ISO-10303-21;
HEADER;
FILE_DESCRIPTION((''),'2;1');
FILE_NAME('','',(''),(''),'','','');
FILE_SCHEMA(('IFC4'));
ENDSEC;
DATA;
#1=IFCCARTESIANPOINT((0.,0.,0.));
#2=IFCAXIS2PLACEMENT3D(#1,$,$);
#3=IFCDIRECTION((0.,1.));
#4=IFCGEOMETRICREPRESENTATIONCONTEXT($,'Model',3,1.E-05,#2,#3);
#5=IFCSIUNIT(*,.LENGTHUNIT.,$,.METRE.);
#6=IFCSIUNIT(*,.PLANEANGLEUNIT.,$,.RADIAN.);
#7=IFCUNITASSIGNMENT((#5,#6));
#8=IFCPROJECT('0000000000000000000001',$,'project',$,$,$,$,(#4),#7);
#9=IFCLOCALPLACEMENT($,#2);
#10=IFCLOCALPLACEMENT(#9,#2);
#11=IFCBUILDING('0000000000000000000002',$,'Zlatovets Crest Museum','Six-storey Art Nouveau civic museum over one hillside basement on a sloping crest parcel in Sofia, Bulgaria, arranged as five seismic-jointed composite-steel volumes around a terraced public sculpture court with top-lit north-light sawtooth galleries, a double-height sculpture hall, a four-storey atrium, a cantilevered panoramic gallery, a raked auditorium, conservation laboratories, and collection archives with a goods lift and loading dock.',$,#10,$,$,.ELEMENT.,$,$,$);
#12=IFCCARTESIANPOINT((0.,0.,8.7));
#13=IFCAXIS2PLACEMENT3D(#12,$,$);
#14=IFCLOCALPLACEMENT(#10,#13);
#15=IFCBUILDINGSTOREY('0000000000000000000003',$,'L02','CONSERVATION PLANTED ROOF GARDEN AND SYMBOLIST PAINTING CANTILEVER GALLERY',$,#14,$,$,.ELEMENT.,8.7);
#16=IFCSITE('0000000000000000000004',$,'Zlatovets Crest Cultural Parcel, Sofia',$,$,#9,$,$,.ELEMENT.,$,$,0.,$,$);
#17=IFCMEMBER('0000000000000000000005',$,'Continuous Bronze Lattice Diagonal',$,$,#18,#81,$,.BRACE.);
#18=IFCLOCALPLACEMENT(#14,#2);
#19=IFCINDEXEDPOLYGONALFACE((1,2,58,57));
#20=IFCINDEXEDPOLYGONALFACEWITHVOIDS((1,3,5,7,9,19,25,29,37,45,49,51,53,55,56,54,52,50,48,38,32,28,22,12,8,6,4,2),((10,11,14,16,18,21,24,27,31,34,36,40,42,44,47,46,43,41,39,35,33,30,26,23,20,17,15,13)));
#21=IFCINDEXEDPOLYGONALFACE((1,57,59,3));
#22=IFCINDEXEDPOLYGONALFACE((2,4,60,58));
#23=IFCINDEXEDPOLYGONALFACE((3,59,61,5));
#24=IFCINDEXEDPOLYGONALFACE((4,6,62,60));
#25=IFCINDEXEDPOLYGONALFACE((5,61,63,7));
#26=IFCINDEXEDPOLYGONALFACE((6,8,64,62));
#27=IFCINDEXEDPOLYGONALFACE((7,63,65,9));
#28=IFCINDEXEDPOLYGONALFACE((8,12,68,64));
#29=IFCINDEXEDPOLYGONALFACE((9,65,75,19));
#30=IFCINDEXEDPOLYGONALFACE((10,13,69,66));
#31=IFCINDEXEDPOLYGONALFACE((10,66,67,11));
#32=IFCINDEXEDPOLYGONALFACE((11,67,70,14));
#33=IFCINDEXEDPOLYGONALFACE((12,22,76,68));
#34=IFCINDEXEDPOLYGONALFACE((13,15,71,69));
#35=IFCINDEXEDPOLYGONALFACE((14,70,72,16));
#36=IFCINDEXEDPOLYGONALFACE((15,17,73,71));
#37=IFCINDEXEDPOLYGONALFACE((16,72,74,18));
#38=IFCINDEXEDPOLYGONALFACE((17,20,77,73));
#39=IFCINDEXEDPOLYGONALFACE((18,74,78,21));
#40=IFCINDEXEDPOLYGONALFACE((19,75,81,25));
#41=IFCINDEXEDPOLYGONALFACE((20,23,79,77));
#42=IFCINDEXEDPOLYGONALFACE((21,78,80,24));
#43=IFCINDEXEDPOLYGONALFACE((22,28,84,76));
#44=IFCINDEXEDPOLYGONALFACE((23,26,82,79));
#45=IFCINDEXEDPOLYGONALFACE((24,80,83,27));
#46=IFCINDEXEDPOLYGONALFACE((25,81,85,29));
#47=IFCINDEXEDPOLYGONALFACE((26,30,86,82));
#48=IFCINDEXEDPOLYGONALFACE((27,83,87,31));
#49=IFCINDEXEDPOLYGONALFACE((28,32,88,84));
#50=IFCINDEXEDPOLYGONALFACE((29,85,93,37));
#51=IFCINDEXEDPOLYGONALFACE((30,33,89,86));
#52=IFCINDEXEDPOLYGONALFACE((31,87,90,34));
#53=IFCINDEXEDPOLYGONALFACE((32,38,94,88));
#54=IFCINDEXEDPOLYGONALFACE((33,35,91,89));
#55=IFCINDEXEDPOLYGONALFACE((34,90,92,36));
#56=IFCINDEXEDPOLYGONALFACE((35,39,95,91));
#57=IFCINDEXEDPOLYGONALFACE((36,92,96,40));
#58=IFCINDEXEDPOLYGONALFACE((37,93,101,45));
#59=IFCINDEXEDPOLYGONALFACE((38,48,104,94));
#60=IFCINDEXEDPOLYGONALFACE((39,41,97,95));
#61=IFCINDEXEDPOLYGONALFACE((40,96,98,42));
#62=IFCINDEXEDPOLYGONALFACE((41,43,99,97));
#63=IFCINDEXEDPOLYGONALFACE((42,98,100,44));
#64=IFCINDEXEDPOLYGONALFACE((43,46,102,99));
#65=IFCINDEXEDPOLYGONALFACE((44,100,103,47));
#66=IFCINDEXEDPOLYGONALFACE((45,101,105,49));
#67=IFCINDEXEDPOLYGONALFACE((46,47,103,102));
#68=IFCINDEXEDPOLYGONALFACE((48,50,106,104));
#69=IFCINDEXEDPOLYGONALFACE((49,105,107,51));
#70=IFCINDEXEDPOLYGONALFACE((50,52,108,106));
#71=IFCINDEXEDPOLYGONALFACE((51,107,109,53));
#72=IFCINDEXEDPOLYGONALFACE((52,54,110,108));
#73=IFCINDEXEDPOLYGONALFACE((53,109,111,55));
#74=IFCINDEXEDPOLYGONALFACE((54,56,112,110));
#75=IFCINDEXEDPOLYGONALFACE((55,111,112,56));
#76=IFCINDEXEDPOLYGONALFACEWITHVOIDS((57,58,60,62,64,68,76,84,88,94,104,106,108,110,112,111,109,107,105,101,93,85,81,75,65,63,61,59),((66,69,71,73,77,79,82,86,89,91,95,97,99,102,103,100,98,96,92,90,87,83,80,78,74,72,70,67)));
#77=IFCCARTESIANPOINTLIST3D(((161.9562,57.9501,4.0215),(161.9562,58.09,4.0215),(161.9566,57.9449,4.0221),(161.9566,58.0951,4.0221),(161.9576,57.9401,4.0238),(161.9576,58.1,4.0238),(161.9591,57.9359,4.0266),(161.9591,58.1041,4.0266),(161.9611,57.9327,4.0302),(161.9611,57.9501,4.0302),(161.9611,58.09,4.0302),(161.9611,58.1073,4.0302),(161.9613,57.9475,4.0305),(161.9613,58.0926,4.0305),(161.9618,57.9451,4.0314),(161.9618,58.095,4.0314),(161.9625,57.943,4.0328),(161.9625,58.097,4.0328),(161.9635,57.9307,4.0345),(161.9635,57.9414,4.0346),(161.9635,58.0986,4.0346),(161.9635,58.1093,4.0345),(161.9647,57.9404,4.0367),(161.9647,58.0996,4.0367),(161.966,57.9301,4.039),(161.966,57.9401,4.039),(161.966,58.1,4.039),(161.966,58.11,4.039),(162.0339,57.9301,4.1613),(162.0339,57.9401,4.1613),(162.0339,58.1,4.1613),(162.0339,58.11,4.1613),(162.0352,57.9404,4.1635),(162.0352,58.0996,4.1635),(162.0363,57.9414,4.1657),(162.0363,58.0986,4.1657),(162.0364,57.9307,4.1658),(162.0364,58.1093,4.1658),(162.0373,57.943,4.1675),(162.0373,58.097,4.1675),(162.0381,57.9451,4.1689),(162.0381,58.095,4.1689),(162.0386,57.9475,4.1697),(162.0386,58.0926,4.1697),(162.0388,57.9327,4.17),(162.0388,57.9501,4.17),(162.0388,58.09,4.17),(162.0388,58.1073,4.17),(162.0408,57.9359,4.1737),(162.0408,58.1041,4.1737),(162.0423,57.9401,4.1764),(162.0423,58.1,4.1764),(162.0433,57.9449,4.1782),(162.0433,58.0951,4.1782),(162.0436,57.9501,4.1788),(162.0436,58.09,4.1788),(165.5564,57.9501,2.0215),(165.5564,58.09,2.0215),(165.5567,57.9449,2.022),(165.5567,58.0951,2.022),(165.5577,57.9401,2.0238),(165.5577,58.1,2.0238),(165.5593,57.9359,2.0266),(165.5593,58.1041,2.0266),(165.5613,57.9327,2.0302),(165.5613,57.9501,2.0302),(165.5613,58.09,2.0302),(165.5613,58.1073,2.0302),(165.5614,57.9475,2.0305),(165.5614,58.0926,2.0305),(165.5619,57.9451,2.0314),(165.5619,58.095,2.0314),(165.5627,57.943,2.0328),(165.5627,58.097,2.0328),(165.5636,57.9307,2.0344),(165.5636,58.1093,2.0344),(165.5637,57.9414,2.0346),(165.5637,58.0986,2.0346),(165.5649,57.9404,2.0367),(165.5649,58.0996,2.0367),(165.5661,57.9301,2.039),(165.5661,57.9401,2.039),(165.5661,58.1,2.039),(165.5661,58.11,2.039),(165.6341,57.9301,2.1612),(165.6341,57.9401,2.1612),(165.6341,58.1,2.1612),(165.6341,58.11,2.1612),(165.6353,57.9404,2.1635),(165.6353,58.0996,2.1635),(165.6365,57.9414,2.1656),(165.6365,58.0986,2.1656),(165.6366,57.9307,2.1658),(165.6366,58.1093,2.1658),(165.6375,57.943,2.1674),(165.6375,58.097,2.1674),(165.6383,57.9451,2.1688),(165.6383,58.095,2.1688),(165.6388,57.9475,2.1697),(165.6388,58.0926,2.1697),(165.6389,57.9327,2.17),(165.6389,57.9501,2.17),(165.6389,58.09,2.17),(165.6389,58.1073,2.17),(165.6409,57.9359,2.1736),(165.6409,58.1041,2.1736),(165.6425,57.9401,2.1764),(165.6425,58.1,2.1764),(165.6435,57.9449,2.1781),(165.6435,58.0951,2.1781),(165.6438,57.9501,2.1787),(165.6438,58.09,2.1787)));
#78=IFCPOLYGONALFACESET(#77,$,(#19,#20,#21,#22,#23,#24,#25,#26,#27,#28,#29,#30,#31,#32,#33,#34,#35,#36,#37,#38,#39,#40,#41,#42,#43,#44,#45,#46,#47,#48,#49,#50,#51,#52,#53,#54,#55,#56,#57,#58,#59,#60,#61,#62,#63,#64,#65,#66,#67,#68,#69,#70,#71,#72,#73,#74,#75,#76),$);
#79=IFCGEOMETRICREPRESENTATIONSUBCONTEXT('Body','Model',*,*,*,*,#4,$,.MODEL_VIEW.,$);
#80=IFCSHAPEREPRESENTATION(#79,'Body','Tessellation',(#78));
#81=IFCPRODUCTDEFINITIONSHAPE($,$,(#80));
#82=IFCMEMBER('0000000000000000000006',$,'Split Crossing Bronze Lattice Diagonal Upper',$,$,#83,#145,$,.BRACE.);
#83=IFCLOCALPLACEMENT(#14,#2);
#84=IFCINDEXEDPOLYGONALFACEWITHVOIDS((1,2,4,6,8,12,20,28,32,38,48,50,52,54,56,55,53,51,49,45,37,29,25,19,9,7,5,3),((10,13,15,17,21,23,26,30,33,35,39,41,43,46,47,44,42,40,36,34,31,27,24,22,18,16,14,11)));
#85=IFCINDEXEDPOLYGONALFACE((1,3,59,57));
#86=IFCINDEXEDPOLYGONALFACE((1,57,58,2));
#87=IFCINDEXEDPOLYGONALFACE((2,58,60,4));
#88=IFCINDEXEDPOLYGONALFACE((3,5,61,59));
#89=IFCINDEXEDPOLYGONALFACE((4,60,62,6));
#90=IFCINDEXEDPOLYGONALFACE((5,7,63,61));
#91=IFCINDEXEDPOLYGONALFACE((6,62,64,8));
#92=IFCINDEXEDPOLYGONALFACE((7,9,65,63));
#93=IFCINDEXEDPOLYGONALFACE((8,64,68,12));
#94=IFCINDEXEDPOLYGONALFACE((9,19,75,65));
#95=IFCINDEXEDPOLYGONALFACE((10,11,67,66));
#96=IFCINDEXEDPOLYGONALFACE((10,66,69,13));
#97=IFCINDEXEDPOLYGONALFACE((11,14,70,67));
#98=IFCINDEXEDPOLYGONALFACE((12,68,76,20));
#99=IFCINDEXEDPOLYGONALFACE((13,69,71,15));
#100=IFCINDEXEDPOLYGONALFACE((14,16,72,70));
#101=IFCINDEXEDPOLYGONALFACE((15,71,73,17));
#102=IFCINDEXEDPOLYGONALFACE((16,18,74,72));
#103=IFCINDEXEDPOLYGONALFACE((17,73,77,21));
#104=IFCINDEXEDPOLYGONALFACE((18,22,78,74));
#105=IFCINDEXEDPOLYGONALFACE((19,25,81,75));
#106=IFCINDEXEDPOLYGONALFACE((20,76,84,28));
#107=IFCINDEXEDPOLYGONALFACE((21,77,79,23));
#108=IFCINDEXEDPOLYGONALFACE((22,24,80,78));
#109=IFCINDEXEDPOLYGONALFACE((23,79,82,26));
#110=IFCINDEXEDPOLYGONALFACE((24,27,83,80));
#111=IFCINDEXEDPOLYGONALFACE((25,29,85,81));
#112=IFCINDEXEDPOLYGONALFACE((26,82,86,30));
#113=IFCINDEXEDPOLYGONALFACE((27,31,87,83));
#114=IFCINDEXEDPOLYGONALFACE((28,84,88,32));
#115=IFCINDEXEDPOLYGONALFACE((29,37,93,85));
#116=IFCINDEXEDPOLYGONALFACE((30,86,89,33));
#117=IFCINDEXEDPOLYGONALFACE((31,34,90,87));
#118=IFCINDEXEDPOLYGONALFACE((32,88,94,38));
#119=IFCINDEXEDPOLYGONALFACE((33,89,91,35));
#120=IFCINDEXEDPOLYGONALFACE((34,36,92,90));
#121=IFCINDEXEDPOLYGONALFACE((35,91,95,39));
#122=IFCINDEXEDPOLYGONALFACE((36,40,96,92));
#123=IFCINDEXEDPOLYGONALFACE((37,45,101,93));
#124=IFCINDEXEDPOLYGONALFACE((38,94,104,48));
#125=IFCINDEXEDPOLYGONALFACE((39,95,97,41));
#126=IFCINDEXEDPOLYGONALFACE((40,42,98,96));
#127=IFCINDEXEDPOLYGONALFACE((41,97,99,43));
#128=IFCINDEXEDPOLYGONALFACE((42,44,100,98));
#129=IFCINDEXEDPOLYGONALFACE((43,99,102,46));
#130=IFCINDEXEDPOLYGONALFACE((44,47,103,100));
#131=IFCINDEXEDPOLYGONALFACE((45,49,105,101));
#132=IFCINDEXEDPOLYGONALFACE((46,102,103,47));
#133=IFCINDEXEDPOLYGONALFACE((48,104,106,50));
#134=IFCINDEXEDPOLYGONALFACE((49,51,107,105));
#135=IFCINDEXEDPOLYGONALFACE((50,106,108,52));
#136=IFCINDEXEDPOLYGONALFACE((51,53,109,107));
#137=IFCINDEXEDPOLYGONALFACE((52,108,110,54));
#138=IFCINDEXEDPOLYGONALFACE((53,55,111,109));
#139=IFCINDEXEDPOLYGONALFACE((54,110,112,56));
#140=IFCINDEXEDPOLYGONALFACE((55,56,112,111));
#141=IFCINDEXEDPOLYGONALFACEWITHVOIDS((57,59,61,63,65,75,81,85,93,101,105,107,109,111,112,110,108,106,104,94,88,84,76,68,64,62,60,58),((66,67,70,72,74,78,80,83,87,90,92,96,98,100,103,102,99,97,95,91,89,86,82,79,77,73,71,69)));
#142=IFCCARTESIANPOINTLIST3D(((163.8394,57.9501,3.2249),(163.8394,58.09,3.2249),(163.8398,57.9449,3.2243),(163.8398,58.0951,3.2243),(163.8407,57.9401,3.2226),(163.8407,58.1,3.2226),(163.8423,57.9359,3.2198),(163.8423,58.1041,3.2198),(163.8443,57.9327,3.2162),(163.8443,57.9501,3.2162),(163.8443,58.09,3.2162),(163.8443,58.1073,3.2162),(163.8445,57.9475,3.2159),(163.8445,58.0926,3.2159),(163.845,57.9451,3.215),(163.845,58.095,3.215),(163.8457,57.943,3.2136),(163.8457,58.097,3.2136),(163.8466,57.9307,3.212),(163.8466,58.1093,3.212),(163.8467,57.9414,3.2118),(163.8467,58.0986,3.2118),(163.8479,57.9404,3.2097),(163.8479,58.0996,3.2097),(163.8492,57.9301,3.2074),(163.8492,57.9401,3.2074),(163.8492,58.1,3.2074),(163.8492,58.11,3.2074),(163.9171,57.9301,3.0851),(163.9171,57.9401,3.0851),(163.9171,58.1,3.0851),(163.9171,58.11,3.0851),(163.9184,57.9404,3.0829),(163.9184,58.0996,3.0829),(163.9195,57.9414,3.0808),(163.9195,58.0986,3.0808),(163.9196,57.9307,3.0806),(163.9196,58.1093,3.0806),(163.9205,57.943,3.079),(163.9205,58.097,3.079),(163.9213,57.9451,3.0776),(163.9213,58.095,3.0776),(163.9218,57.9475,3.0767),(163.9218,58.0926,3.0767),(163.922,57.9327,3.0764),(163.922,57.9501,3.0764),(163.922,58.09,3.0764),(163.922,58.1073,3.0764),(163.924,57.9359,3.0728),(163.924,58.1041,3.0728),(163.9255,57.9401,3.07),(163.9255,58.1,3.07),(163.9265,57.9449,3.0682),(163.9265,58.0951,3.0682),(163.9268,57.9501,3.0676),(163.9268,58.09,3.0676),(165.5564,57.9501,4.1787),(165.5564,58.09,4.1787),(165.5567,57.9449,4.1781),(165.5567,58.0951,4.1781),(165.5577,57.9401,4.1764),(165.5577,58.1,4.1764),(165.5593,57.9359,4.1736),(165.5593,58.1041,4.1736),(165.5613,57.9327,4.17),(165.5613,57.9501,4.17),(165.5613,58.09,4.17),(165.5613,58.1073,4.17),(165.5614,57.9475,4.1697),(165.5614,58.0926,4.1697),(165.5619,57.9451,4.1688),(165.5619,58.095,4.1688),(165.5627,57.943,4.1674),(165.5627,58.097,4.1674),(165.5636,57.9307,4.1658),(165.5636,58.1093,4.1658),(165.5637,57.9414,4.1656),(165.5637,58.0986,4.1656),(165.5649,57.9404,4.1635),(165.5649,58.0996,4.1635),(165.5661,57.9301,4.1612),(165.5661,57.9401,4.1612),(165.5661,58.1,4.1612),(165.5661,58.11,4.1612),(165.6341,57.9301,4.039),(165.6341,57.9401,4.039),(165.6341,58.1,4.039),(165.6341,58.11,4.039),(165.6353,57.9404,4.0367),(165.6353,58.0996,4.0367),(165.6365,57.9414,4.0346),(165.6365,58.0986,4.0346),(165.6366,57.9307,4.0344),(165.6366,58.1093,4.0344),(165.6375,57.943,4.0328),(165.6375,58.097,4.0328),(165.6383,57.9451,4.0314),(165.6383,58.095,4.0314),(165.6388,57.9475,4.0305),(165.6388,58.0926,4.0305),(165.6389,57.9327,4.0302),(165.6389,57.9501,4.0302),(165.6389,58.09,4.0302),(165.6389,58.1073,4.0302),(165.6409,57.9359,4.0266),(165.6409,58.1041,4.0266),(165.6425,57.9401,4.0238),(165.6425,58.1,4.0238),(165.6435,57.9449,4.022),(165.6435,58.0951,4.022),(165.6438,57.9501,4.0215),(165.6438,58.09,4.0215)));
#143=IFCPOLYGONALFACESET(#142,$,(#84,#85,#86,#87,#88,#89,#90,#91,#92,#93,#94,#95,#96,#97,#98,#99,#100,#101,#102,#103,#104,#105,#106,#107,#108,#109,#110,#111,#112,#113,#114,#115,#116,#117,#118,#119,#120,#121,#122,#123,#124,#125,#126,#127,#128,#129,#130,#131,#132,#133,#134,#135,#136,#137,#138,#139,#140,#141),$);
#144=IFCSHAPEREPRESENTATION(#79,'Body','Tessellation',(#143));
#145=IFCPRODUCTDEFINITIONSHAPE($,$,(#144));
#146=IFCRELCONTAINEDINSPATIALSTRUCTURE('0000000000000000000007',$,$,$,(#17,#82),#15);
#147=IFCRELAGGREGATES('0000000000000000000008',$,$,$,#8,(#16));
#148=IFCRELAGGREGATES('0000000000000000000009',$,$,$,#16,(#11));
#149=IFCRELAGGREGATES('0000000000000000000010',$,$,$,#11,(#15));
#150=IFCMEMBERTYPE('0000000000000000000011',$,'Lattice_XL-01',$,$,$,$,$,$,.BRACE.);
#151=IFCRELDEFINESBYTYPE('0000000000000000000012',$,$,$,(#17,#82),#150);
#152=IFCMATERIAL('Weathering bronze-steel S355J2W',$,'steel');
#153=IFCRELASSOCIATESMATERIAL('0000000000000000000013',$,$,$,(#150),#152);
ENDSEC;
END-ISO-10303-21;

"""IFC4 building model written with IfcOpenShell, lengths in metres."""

from ifc_helpers import new_model, si_unit, direction, frame, origin, origin_2d, place, context, subcontext, project, spatial, hollow_rectangle, extrude, material, material_profile, profile_set, type_object, element, save


model = new_model("IFC4")

# Units and contexts
model_context = context("Model", 3, precision=1e-05, world=origin(), true_north=direction((0.0, 1.0)))
body_context = subcontext(model_context, "Body", "Model", "MODEL_VIEW")
ifc_project = project(units=[si_unit("LENGTHUNIT", "METRE"), si_unit("PLANEANGLEUNIT", "RADIAN")], contexts=[model_context])

# Site, building, storey
site_placement = place(None, origin())
site = spatial("IfcSite", under=ifc_project, at=site_placement, Name="Zlatovets Crest Cultural Parcel, Sofia", CompositionType="ELEMENT", RefElevation=0.0)
building_placement = place(site_placement, origin())
building = spatial("IfcBuilding", under=site, at=building_placement, Name="Zlatovets Crest Museum", Description="Six-storey Art Nouveau civic museum over one hillside basement on a sloping crest parcel in Sofia, Bulgaria, arranged as five seismic-jointed composite-steel volumes around a terraced public sculpture court with top-lit north-light sawtooth galleries, a double-height sculpture hall, a four-storey atrium, a cantilevered panoramic gallery, a raked auditorium, conservation laboratories, and collection archives with a goods lift and loading dock.", CompositionType="ELEMENT")
storey_placement = place(building_placement, frame((0.0, 0.0, 8.7)))
storey = spatial("IfcBuildingStorey", under=building, at=storey_placement, Name="L02", Description="CONSERVATION PLANTED ROOF GARDEN AND SYMBOLIST PAINTING CANTILEVER GALLERY", CompositionType="ELEMENT", Elevation=8.7)

# Members
ifc_material_1 = material(Name="Weathering bronze-steel S355J2W", Category="steel")
ifc_material_profile_1 = material_profile(ifc_material_1, hollow_rectangle(XDim=0.1799, YDim=0.1799, WallThickness=0.01, InnerFilletRadius=0.01, OuterFilletRadius=0.02, at=origin_2d()), Name="SHS 180x180x10.0")
ifc_profile_set_1 = profile_set([ifc_material_profile_1], Name="Weathering bronze-steel S355J2W")
member_type_1 = type_object("IfcMemberType", Name="Lattice_XL-01", PredefinedType="BRACE", material=ifc_profile_set_1)
member_1_placement = place(storey_placement, frame((165.6001, 58.02, 2.1001), z_axis=(-0.874163, 0.0, 0.485633), x_axis=(0.0, -1.0, 0.0)))
element("IfcMember", 1, at=member_1_placement, inside=storey, type_object=member_type_1, Name="Continuous Bronze Lattice Diagonal", PredefinedType="BRACE", context=body_context, shape_type="SweptSolid", body=[
    extrude(hollow_rectangle(XDim=0.1799, YDim=0.1799, WallThickness=0.01, InnerFilletRadius=0.01, OuterFilletRadius=0.02, at=origin_2d()), origin(), (0.0, 0.0, 1.0), 4.1184),
])
for number, where, z_axis, x_axis, name in (
    (2, (165.6001, 58.02, 4.1001), (-0.874169, 0.0, -0.485622), (0.0, -1.0, 0.0), "Split Crossing Bronze Lattice Diagonal Upper"),
):
    element("IfcMember", number, at=place(storey_placement, frame(where, z_axis=z_axis, x_axis=x_axis)), inside=storey, type_object=member_type_1, Name=name, PredefinedType="BRACE", context=body_context, shape_type="SweptSolid", body=[
        extrude(hollow_rectangle(XDim=0.1799, YDim=0.1799, WallThickness=0.01, InnerFilletRadius=0.01, OuterFilletRadius=0.02, at=origin_2d()), origin(), (0.0, 0.0, 1.0), 1.9641),
    ])

save(model, "model.ifc")
